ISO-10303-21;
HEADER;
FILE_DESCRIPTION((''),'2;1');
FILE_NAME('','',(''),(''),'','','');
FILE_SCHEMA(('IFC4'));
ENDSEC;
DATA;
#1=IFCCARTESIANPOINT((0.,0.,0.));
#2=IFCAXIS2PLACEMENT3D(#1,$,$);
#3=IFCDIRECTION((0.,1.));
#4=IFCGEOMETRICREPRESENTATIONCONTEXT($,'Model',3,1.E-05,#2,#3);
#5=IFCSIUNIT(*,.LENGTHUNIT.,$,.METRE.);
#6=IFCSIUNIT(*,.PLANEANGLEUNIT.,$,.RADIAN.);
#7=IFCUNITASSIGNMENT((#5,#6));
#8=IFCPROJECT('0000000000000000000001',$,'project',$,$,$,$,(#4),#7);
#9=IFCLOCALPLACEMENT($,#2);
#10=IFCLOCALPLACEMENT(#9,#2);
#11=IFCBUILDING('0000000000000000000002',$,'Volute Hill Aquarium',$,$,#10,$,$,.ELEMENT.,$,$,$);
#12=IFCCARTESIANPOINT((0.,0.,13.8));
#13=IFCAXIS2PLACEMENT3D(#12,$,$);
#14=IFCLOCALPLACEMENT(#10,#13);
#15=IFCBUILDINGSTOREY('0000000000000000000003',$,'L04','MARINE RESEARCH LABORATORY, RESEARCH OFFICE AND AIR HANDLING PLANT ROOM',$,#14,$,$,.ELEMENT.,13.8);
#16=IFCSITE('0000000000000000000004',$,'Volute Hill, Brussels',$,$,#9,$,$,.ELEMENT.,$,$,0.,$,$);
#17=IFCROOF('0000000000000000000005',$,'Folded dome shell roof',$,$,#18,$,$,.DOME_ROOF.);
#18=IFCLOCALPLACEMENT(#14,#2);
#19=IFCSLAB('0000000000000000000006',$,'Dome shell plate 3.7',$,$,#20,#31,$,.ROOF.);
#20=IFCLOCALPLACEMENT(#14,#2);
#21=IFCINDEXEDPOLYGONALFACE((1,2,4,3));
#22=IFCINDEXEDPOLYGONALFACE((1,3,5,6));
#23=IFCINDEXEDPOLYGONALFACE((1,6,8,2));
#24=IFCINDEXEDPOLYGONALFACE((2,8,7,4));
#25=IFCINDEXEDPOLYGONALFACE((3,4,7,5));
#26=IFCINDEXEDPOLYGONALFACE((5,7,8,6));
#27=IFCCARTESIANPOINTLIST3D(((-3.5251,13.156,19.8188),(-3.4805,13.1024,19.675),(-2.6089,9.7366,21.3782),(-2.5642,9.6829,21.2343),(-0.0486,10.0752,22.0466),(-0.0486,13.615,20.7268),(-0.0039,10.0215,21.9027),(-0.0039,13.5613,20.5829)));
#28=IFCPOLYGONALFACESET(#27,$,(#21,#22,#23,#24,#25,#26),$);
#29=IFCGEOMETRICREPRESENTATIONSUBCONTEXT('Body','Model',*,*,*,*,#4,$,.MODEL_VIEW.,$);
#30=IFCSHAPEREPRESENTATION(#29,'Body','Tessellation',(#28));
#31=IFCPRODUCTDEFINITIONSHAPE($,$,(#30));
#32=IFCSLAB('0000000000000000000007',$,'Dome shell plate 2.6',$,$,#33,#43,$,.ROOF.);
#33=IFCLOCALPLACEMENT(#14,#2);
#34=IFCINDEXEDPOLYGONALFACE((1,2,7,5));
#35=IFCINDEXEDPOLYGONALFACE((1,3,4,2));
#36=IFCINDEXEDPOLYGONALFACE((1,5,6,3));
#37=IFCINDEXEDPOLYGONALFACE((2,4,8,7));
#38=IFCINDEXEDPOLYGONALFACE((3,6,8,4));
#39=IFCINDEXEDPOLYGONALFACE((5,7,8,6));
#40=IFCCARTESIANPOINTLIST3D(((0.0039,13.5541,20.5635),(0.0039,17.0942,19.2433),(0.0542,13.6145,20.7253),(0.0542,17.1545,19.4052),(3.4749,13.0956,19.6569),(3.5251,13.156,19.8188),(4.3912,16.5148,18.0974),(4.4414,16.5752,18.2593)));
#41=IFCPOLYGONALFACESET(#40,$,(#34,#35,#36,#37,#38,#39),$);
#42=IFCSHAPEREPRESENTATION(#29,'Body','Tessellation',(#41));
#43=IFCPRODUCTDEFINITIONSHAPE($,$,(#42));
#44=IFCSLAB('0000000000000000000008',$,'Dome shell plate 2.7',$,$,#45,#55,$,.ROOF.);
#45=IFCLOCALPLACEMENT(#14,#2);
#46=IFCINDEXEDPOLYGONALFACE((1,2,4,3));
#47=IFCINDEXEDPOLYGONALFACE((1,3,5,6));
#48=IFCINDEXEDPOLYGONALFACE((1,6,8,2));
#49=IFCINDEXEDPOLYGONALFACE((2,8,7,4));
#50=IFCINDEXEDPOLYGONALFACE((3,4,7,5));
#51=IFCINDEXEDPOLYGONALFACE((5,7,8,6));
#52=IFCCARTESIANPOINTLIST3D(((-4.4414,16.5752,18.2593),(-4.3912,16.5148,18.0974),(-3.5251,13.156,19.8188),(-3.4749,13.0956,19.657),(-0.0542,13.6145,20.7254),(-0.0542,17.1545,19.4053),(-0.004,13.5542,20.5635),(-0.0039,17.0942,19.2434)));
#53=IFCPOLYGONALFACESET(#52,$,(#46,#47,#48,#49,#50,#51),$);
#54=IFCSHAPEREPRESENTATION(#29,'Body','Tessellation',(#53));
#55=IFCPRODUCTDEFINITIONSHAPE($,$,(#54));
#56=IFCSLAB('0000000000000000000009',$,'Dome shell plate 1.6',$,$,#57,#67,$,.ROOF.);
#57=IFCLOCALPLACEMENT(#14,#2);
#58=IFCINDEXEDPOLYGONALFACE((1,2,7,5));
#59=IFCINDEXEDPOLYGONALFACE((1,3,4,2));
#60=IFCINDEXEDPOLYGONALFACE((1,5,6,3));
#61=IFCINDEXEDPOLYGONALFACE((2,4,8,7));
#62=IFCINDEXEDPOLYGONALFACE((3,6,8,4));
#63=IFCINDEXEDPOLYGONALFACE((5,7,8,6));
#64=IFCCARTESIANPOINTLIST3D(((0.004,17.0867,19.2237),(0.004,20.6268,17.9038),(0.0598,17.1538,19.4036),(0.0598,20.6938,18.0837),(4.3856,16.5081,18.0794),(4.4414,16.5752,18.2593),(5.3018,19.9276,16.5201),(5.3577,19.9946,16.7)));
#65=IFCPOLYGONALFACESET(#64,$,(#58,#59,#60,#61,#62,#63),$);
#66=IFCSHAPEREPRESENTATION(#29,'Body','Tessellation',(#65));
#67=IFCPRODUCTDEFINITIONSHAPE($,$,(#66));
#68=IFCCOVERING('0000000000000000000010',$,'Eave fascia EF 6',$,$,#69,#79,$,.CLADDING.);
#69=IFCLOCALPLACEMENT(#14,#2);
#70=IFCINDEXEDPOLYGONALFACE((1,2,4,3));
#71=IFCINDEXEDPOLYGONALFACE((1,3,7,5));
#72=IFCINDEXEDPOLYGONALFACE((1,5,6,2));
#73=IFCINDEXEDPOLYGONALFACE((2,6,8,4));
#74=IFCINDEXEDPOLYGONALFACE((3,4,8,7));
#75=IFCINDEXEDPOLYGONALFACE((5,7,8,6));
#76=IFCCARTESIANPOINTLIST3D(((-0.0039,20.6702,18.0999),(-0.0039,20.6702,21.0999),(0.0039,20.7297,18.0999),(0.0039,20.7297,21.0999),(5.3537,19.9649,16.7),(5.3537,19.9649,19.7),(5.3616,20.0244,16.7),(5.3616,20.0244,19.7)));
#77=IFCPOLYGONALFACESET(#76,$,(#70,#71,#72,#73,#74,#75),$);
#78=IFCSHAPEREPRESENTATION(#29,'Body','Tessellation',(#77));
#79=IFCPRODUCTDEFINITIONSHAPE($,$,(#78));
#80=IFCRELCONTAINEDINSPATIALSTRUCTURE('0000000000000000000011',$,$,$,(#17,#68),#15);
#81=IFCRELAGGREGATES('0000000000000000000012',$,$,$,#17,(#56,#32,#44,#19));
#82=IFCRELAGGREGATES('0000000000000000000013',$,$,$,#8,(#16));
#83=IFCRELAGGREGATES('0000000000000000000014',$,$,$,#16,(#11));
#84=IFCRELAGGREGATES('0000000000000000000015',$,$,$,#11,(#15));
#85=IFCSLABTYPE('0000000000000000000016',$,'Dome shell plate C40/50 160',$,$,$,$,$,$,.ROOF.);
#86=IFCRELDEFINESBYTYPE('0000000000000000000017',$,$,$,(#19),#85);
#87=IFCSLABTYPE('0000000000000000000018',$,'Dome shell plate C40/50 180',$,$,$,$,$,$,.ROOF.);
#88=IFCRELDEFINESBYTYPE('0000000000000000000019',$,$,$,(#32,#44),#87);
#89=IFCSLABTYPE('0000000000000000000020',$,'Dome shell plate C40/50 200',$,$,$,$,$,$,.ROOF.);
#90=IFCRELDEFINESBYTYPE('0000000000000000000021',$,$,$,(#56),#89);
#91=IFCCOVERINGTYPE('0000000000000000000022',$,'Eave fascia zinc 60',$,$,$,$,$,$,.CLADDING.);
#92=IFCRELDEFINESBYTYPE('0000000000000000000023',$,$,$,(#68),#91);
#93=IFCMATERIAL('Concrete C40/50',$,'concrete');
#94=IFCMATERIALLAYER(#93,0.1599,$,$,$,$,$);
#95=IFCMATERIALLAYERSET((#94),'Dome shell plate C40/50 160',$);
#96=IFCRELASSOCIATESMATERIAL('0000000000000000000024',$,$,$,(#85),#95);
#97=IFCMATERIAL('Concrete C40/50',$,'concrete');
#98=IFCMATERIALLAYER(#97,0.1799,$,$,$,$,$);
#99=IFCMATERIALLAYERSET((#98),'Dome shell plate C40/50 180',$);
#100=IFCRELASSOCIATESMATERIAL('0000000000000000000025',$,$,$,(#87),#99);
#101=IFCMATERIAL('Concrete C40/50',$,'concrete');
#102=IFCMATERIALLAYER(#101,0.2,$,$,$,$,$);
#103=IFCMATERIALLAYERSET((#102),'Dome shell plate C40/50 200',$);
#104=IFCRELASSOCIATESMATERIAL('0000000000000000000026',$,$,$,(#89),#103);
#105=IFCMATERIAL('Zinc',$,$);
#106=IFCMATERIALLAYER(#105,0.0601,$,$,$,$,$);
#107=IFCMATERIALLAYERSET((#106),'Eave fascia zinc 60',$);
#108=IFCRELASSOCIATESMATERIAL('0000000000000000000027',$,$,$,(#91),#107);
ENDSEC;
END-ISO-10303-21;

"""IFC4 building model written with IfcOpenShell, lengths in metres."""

from ifc_helpers import new_model, si_unit, direction, frame, origin, place, context, subcontext, project, spatial, polyline, outline, extrude, material, layer, layer_set, type_object, element, aggregate, save


model = new_model("IFC4")

# Units and contexts
model_context = context("Model", 3, precision=1e-05, world=origin(), true_north=direction((0.0, 1.0)))
body_context = subcontext(model_context, "Body", "Model", "MODEL_VIEW")
ifc_project = project(units=[si_unit("LENGTHUNIT", "METRE"), si_unit("PLANEANGLEUNIT", "RADIAN")], contexts=[model_context])

# Site, building, storey
site_placement = place(None, origin())
site = spatial("IfcSite", under=ifc_project, at=site_placement, Name="Volute Hill, Brussels", CompositionType="ELEMENT", RefElevation=0.0)
building_placement = place(site_placement, origin())
building = spatial("IfcBuilding", under=site, at=building_placement, Name="Volute Hill Aquarium", CompositionType="ELEMENT")
storey_placement = place(building_placement, frame((0.0, 0.0, 13.8)))
storey = spatial("IfcBuildingStorey", under=building, at=storey_placement, Name="L04", Description="MARINE RESEARCH LABORATORY, RESEARCH OFFICE AND AIR HANDLING PLANT ROOM", CompositionType="ELEMENT", Elevation=13.8)

# Roof, slabs
roof_placement = place(storey_placement, origin())
roof = element("IfcRoof", 1, at=roof_placement, inside=storey, Name="Folded dome shell roof", PredefinedType="DOME_ROOF")
ifc_material_1 = material(Name="Concrete C40/50", Category="concrete")
ifc_layer_1 = layer(ifc_material_1, 0.1599)
ifc_layer_set_1 = layer_set([ifc_layer_1], Name="Dome shell plate C40/50 160")
slab_type_1 = type_object("IfcSlabType", Name="Dome shell plate C40/50 160", PredefinedType="ROOF", material=ifc_layer_set_1)
slab_1_placement = place(storey_placement, frame((-0.0486, 13.615, 20.7268), z_axis=(-0.279264, 0.335457, 0.899711), x_axis=(-0.959748, -0.126709, -0.250656)))
slab_1 = element("IfcSlab", 2, at=slab_1_placement, type_object=slab_type_1, Name="Dome shell plate 3.7", PredefinedType="ROOF", context=body_context, shape_type="SweptSolid", body=[
    extrude(outline(polyline([(0.0, 0.0), (3.6224, 0.0), (2.7854, 3.7766), (0.1177, 3.776), (0.0, 0.0)])), origin(), (0.0, 0.0, -1.0), 0.1599),
])
ifc_material_2 = material(Name="Concrete C40/50", Category="concrete")
ifc_layer_2 = layer(ifc_material_2, 0.1799)
ifc_layer_set_2 = layer_set([ifc_layer_2], Name="Dome shell plate C40/50 180")
slab_type_2 = type_object("IfcSlabType", Name="Dome shell plate C40/50 180", PredefinedType="ROOF", material=ifc_layer_set_2)
slab_2_placement = place(storey_placement, frame((4.4414, 16.5752, 18.2593), z_axis=(0.279301, 0.335504, 0.899682), x_axis=(-0.959738, 0.126732, 0.250684)))
slab_2 = element("IfcSlab", 3, at=slab_2_placement, type_object=slab_type_2, Name="Dome shell plate 2.6", PredefinedType="ROOF", context=body_context, shape_type="SweptSolid", body=[
    extrude(outline(polyline([(0.0, 0.0), (4.5713, 0.0), (4.4536, 3.7763), (0.837, 3.7765), (0.0, 0.0)])), origin(), (0.0, 0.0, -1.0), 0.1799),
])
slab_3_placement = place(storey_placement, frame((-0.0542, 17.1545, 19.4053), z_axis=(-0.279301, 0.335504, 0.899682), x_axis=(-0.959738, -0.126732, -0.250684)))
slab_3 = element("IfcSlab", 4, at=slab_3_placement, type_object=slab_type_2, Name="Dome shell plate 2.7", PredefinedType="ROOF", context=body_context, shape_type="SweptSolid", body=[
    extrude(outline(polyline([(0.0, 0.0), (4.5713, 0.0), (3.7343, 3.7765), (0.1177, 3.7763), (0.0, 0.0)])), origin(), (0.0, 0.0, -1.0), 0.1799),
])
ifc_material_3 = material(Name="Concrete C40/50", Category="concrete")
ifc_layer_3 = layer(ifc_material_3, 0.2)
ifc_layer_set_3 = layer_set([ifc_layer_3], Name="Dome shell plate C40/50 200")
slab_type_3 = type_object("IfcSlabType", Name="Dome shell plate C40/50 200", PredefinedType="ROOF", material=ifc_layer_set_3)
slab_4_placement = place(storey_placement, frame((5.3577, 19.9946, 16.7), z_axis=(0.279271, 0.335446, 0.899713), x_axis=(-0.959747, 0.126667, 0.250679)))
slab_4 = element("IfcSlab", 5, at=slab_4_placement, type_object=slab_type_3, Name="Dome shell plate 1.6", PredefinedType="ROOF", context=body_context, shape_type="SweptSolid", body=[
    extrude(outline(polyline([(0.0, 0.0), (5.5201, 0.0), (5.4025, 3.7762), (0.8371, 3.7766), (0.0, 0.0)])), origin(), (0.0, 0.0, -1.0), 0.2),
])
aggregate(roof, [slab_4, slab_2, slab_3, slab_1])

# Covering
ifc_material_4 = material(Name="Zinc")
ifc_layer_4 = layer(ifc_material_4, 0.0601)
ifc_layer_set_4 = layer_set([ifc_layer_4], Name="Eave fascia zinc 60")
covering_type = type_object("IfcCoveringType", Name="Eave fascia zinc 60", PredefinedType="CLADDING", material=ifc_layer_set_4)
covering_placement = place(storey_placement, frame((5.3616, 20.0244, 16.7), z_axis=(0.130521, 0.991446, 0.0), x_axis=(-0.959764, 0.12635, 0.250776)))
element("IfcCovering", 6, at=covering_placement, inside=storey, type_object=covering_type, Name="Eave fascia EF 6", PredefinedType="CLADDING", context=body_context, shape_type="SweptSolid", body=[
    extrude(outline(polyline([(0.0, 0.0), (5.5823, 0.0), (6.3346, 2.9041), (0.7523, 2.9041), (0.0, 0.0)])), origin(), (0.0, 0.0, -1.0), 0.0601),
])

save(model, "model.ifc")
